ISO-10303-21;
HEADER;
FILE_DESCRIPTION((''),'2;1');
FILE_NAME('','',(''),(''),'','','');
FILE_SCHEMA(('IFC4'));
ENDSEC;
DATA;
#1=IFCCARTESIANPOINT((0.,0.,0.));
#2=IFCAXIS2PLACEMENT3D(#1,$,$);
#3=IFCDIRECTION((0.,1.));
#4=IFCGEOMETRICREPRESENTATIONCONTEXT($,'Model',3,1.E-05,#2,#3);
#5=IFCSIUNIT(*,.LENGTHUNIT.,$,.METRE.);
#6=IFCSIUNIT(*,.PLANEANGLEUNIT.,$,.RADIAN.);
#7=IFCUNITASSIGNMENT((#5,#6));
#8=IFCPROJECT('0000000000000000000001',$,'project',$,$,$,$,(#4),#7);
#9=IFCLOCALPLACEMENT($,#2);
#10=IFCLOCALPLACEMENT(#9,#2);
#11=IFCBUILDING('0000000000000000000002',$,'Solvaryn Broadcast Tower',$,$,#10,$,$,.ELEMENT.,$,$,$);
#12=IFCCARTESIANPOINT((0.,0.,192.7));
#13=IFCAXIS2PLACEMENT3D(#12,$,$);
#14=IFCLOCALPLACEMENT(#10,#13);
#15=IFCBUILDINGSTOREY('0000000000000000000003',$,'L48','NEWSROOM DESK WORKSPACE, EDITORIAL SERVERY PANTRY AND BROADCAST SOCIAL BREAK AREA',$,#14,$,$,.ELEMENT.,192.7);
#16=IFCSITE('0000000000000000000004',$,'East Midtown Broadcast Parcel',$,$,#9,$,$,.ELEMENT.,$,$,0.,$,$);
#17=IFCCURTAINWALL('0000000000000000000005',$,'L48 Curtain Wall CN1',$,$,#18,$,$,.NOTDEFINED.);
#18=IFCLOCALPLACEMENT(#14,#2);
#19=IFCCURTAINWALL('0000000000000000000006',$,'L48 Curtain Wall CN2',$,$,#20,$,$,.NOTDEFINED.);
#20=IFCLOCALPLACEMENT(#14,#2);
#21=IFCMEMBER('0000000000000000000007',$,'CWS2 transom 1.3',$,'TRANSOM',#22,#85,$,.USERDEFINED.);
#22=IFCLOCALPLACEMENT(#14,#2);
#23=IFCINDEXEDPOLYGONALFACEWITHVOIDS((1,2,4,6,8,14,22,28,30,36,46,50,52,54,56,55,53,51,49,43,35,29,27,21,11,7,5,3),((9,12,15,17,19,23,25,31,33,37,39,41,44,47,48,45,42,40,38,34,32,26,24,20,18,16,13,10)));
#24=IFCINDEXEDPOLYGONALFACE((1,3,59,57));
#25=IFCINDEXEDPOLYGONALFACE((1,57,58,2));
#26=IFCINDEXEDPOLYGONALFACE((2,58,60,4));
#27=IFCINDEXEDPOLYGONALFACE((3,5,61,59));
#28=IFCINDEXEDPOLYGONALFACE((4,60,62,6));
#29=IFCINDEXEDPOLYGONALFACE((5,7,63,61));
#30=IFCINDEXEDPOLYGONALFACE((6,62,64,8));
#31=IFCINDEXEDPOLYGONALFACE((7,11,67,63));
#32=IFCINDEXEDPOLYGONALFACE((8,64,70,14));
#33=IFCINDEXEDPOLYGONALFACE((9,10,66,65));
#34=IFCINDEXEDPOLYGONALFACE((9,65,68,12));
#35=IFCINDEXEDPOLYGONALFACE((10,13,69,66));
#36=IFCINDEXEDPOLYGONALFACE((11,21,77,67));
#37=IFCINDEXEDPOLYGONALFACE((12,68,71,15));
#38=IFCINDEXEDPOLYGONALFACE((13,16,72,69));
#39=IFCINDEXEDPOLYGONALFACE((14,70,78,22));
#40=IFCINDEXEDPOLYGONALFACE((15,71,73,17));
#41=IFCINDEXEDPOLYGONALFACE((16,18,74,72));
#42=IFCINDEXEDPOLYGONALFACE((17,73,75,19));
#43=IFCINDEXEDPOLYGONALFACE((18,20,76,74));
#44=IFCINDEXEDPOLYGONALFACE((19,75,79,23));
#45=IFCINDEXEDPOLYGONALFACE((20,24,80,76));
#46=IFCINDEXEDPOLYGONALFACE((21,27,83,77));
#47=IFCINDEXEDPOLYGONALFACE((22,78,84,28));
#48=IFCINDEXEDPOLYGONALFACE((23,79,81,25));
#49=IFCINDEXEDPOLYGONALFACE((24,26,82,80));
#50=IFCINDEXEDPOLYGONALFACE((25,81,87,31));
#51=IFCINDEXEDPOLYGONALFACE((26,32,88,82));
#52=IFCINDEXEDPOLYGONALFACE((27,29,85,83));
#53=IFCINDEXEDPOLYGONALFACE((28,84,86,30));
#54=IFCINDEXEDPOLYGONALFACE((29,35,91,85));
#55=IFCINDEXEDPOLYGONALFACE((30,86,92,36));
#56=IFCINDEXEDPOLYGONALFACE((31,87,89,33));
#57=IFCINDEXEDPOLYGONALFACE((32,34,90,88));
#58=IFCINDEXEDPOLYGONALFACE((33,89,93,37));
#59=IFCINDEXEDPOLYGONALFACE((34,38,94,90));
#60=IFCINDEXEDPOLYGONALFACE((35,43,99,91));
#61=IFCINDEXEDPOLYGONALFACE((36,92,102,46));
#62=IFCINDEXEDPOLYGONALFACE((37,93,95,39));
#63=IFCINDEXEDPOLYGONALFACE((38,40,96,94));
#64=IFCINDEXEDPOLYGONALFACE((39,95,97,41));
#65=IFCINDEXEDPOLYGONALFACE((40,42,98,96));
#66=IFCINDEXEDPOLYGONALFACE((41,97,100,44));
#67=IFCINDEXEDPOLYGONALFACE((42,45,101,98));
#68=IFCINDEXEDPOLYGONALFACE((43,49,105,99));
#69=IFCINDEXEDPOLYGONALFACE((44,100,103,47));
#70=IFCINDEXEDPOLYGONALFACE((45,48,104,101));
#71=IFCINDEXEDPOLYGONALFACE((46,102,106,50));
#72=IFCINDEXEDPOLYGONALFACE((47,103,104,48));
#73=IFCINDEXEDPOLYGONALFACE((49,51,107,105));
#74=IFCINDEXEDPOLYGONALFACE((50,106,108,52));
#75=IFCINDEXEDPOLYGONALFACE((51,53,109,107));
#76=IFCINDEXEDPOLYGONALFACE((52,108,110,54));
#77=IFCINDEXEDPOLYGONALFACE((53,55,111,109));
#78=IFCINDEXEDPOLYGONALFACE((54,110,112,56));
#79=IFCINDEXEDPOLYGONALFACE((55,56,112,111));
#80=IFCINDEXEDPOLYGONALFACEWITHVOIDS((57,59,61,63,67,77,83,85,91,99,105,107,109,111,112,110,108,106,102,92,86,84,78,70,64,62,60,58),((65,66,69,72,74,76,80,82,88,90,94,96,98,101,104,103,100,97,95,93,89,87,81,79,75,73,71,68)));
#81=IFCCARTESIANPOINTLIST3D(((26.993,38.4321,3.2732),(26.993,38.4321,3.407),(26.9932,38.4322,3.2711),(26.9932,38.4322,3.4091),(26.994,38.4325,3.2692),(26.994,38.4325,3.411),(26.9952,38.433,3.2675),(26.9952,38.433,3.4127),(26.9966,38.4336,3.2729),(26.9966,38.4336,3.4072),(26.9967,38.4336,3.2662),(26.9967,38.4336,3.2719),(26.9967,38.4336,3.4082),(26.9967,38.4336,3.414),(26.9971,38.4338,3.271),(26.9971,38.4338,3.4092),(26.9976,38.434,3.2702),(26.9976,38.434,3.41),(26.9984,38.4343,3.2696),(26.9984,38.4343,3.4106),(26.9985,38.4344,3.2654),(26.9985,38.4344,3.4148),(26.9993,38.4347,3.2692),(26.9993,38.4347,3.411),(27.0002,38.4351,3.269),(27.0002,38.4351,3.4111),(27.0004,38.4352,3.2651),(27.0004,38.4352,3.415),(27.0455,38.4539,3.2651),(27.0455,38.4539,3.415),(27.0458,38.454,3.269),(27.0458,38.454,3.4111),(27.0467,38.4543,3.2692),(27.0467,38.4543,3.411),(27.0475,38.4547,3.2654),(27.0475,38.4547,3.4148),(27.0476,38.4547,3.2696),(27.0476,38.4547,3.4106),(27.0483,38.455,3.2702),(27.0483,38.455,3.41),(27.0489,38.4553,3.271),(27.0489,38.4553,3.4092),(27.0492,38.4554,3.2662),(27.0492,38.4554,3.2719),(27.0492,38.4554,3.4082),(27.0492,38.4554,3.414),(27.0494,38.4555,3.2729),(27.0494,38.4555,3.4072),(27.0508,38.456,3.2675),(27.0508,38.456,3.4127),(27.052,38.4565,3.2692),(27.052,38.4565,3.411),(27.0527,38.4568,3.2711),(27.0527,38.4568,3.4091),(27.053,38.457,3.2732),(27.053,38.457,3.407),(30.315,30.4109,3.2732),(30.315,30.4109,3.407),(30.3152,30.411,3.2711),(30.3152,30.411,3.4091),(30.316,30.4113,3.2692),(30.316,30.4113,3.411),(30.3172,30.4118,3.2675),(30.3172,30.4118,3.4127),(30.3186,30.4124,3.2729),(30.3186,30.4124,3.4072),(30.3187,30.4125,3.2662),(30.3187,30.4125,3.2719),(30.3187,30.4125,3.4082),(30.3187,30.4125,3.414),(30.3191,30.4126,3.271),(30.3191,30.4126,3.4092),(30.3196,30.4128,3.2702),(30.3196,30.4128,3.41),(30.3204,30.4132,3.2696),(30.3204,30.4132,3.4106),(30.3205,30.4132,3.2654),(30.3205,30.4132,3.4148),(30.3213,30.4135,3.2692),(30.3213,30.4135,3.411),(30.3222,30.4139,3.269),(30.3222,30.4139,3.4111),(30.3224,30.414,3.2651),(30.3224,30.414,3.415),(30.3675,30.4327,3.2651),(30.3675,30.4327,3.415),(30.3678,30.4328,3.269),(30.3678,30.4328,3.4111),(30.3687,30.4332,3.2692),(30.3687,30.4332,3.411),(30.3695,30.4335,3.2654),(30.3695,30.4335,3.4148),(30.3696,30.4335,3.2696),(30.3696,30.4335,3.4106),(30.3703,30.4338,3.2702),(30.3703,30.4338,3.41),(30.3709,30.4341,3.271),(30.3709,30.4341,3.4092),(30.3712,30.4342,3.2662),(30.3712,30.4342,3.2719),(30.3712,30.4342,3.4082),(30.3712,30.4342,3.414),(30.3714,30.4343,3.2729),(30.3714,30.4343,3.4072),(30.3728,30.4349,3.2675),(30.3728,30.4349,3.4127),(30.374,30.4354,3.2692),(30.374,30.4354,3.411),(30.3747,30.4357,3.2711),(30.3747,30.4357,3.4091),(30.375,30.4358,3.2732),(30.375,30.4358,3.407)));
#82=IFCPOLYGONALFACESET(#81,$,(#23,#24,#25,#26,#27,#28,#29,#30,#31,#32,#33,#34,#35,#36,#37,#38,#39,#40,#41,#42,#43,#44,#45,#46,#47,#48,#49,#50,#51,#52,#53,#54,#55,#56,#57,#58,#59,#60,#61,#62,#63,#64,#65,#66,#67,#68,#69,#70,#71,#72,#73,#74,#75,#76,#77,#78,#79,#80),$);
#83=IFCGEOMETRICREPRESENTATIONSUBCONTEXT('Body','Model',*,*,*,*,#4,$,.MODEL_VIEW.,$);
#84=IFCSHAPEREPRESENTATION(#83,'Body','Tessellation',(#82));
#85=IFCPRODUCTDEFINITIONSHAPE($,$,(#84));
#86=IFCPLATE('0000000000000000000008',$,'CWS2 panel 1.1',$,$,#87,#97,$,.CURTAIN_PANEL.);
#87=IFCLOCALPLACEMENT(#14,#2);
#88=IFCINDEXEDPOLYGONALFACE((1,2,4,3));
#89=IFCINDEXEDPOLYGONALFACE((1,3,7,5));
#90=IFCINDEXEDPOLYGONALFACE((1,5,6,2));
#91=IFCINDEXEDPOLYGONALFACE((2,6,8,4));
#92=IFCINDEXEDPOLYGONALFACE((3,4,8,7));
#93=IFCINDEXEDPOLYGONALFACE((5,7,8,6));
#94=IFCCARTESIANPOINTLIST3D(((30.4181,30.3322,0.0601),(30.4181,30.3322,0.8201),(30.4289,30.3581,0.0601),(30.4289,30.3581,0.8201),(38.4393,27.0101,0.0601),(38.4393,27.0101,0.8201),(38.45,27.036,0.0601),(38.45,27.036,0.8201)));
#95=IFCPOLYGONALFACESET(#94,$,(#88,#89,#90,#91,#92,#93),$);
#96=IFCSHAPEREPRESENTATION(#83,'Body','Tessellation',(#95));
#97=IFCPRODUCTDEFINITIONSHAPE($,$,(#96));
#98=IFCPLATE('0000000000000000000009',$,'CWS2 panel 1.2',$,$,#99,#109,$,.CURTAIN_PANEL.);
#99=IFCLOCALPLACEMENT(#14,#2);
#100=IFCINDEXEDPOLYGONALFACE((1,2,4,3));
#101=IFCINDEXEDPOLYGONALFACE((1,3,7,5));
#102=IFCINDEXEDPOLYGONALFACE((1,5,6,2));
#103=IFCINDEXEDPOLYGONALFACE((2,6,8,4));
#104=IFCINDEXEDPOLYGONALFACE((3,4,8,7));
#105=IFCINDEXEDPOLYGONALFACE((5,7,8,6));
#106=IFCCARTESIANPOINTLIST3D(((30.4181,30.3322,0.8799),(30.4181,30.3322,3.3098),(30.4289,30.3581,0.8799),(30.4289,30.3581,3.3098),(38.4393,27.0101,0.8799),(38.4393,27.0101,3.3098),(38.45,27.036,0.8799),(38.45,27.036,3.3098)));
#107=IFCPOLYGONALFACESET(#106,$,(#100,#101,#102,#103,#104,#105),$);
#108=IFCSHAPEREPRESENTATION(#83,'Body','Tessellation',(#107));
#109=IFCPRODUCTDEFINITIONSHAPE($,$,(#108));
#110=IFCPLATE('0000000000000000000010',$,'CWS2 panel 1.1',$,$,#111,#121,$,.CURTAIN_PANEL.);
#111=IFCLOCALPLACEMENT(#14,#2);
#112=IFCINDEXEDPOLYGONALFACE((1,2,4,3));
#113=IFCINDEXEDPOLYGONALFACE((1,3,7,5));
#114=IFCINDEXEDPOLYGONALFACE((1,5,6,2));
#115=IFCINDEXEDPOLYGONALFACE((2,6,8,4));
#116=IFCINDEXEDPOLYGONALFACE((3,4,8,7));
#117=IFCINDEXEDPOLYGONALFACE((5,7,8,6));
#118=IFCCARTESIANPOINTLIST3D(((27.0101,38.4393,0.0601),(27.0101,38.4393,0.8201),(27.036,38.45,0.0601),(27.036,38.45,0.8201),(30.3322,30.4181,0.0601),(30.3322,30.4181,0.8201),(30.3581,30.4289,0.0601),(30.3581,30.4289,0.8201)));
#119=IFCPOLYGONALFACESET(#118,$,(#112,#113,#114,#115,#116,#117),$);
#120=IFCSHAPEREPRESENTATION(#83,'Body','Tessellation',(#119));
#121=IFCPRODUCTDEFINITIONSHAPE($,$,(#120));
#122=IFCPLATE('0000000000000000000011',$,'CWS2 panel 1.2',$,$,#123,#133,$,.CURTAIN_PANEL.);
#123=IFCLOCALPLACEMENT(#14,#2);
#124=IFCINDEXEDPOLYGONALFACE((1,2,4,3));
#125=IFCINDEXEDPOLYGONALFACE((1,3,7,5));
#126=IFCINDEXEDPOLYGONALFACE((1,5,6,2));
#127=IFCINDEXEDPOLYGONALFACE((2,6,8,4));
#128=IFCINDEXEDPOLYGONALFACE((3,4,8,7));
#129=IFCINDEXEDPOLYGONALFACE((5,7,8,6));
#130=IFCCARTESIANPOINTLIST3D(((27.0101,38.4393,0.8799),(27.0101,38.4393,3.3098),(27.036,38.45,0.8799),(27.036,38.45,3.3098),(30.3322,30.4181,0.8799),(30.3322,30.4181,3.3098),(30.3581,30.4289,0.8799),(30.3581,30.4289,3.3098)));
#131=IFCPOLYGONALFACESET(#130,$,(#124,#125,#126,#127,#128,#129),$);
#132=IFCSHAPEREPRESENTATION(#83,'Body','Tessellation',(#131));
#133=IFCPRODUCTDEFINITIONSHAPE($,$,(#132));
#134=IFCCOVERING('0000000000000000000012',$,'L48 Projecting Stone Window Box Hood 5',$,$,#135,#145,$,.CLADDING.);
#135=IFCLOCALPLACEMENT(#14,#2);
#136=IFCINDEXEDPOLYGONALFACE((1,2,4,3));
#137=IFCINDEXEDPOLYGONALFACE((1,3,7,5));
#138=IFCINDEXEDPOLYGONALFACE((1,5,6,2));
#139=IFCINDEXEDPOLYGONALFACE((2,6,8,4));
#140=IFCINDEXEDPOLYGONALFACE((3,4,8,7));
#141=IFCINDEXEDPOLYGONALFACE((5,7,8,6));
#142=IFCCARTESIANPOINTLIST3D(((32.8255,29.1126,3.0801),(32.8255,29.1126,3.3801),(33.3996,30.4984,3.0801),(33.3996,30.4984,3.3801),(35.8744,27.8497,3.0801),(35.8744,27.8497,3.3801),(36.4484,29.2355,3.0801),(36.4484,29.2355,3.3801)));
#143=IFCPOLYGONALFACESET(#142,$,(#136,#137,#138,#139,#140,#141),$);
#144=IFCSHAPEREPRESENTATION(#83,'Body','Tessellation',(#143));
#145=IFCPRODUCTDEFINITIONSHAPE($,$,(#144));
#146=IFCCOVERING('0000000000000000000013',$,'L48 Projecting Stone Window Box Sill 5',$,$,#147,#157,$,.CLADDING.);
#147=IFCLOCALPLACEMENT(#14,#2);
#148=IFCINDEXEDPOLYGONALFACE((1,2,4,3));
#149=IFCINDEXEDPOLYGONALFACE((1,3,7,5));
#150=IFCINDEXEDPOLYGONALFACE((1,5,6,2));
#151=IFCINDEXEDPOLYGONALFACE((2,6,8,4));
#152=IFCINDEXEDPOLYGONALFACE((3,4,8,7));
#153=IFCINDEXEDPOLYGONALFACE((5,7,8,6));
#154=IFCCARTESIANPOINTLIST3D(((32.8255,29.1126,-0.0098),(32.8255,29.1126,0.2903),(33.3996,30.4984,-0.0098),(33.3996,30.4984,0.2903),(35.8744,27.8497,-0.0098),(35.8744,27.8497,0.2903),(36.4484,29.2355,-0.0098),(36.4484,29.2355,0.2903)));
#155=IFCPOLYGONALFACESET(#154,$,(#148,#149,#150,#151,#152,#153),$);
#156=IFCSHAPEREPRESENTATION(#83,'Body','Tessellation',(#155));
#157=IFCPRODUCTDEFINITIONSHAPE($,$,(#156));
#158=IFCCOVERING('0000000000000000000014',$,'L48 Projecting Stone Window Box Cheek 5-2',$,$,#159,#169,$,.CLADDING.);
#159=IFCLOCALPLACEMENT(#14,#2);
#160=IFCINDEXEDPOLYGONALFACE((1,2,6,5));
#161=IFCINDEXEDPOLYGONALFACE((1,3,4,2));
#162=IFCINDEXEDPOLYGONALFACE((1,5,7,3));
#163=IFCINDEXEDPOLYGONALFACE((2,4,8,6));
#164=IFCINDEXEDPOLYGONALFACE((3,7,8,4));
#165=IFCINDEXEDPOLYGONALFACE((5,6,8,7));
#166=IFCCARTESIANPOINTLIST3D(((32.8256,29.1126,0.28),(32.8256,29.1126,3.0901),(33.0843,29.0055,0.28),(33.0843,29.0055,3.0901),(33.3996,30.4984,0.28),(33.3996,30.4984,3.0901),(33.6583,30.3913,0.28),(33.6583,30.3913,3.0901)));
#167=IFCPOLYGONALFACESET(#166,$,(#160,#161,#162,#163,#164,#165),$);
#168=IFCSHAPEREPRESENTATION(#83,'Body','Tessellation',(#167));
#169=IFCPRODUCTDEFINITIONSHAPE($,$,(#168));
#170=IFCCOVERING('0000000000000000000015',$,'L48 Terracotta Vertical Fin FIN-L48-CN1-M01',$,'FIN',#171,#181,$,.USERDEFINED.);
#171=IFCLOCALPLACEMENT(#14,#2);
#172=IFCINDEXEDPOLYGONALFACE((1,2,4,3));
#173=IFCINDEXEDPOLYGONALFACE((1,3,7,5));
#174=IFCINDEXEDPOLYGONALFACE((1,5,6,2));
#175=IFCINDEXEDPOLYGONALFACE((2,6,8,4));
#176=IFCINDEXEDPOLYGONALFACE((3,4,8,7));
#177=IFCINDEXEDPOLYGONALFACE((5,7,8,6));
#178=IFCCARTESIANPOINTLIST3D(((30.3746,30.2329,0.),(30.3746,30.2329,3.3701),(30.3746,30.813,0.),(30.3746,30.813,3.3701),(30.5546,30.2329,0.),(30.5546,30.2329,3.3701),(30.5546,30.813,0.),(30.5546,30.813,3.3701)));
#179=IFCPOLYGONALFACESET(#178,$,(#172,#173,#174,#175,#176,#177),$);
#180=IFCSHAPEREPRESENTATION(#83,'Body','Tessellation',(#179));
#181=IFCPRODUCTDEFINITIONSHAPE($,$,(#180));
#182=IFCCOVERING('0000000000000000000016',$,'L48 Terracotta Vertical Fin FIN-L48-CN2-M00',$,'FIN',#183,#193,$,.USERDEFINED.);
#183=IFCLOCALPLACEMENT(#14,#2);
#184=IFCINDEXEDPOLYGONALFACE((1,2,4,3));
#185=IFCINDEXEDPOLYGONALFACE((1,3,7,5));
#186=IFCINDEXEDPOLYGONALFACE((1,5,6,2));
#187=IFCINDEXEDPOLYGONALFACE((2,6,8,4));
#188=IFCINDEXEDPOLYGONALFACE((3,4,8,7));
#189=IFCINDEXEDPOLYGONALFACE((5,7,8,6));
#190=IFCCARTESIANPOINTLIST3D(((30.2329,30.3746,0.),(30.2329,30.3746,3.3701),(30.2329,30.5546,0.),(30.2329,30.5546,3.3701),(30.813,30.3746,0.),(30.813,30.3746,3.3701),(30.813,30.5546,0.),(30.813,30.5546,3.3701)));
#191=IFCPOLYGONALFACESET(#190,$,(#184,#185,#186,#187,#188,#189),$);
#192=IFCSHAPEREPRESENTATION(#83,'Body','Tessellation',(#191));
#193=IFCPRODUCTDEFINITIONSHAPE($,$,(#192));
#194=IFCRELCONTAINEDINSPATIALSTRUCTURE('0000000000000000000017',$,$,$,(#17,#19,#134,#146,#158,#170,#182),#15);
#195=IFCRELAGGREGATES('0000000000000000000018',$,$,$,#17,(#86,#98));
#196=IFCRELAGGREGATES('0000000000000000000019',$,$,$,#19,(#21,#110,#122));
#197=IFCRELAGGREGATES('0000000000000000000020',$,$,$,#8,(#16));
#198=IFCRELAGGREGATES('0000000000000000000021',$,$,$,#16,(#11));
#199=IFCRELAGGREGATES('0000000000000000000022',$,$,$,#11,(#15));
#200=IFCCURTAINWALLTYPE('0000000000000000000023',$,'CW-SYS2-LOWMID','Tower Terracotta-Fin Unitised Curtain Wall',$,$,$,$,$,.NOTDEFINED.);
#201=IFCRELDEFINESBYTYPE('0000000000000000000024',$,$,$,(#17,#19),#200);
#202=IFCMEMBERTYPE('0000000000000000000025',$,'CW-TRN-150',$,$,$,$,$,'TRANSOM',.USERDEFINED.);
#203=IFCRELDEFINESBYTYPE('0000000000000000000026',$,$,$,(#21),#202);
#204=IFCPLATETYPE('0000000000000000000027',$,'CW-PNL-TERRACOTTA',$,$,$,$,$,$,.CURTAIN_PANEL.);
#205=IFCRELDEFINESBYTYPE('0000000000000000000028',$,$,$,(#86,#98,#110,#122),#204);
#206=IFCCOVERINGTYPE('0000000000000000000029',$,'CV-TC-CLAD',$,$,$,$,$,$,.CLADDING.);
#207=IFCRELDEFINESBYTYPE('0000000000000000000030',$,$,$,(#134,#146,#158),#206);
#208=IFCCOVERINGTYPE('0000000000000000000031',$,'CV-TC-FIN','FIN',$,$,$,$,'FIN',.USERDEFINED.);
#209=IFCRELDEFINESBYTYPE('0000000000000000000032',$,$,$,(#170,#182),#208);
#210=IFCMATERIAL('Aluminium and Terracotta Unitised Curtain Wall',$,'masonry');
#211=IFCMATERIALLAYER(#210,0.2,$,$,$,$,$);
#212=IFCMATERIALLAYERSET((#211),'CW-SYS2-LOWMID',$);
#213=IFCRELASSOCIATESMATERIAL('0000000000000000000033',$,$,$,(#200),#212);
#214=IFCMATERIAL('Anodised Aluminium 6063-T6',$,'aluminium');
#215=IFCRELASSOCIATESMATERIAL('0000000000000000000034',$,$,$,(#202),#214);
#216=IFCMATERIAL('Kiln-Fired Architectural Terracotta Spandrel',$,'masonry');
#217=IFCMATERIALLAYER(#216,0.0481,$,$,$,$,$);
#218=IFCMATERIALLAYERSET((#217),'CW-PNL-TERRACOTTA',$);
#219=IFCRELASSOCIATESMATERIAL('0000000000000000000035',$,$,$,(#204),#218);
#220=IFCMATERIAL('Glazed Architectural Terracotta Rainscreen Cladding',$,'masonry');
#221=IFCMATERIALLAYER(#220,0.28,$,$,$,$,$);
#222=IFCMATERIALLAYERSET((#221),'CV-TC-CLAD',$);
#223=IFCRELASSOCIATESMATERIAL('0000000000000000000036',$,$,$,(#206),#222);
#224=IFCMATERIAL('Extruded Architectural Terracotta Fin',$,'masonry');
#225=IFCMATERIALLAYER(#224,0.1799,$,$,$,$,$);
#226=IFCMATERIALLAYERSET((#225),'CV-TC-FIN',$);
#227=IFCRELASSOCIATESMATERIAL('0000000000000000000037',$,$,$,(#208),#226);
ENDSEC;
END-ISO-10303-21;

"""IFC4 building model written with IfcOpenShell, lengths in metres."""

from ifc_helpers import new_model, si_unit, direction, frame, origin, origin_2d, place, context, subcontext, project, spatial, rectangle, hollow_rectangle, extrude, material, layer, layer_set, material_profile, profile_set, type_object, element, aggregate, save


model = new_model("IFC4")

# Units and contexts
model_context = context("Model", 3, precision=1e-05, world=origin(), true_north=direction((0.0, 1.0)))
body_context = subcontext(model_context, "Body", "Model", "MODEL_VIEW")
ifc_project = project(units=[si_unit("LENGTHUNIT", "METRE"), si_unit("PLANEANGLEUNIT", "RADIAN")], contexts=[model_context])

# Site, building, storey
site_placement = place(None, origin())
site = spatial("IfcSite", under=ifc_project, at=site_placement, Name="East Midtown Broadcast Parcel", CompositionType="ELEMENT", RefElevation=0.0)
building_placement = place(site_placement, origin())
building = spatial("IfcBuilding", under=site, at=building_placement, Name="Solvaryn Broadcast Tower", CompositionType="ELEMENT")
storey_placement = place(building_placement, frame((0.0, 0.0, 192.7)))
storey = spatial("IfcBuildingStorey", under=building, at=storey_placement, Name="L48", Description="NEWSROOM DESK WORKSPACE, EDITORIAL SERVERY PANTRY AND BROADCAST SOCIAL BREAK AREA", CompositionType="ELEMENT", Elevation=192.7)

# Curtain wall
ifc_material_1 = material(Name="Aluminium and Terracotta Unitised Curtain Wall", Category="masonry")
ifc_layer_1 = layer(ifc_material_1, 0.2)
ifc_layer_set_1 = layer_set([ifc_layer_1], Name="CW-SYS2-LOWMID")
curtain_wall_type = type_object("IfcCurtainWallType", Name="CW-SYS2-LOWMID", Description="Tower Terracotta-Fin Unitised Curtain Wall", PredefinedType="NOTDEFINED", material=ifc_layer_set_1)
curtain_wall_1_placement = place(storey_placement, origin())
curtain_wall_1 = element("IfcCurtainWall", 1, at=curtain_wall_1_placement, inside=storey, type_object=curtain_wall_type, Name="L48 Curtain Wall CN1", PredefinedType="NOTDEFINED")

# Curtain wall, member
curtain_wall_2_placement = place(storey_placement, origin())
curtain_wall_2 = element("IfcCurtainWall", 2, at=curtain_wall_2_placement, inside=storey, type_object=curtain_wall_type, Name="L48 Curtain Wall CN2", PredefinedType="NOTDEFINED")
ifc_material_2 = material(Name="Anodised Aluminium 6063-T6", Category="aluminium")
ifc_material_profile_1 = material_profile(ifc_material_2, hollow_rectangle(XDim=0.0649, YDim=0.1499, WallThickness=0.0039, InnerFilletRadius=0.0039, OuterFilletRadius=0.0081, at=origin_2d()))
ifc_profile_set_1 = profile_set([ifc_material_profile_1], Name="Anodised Aluminium 6063-T6")
member_type_1 = type_object("IfcMemberType", Name="CW-TRN-150", ElementType="TRANSOM", PredefinedType="USERDEFINED", material=ifc_profile_set_1)
member_1_placement = place(storey_placement, frame((30.345, 30.4233, 3.3401), z_axis=(-0.382636, 0.923899, 0.0), x_axis=(-0.923899, -0.382636, 0.0)))
member_1 = element("IfcMember", 3, at=member_1_placement, type_object=member_type_1, Name="CWS2 transom 1.3", ObjectType="TRANSOM", PredefinedType="USERDEFINED", context=body_context, shape_type="SweptSolid", body=[
    extrude(hollow_rectangle(XDim=0.0649, YDim=0.1499, WallThickness=0.0039, InnerFilletRadius=0.0039, OuterFilletRadius=0.0081, at=origin_2d()), origin(), (0.0, 0.0, 1.0), 8.6819),
])

# Plates
ifc_material_3 = material(Name="Kiln-Fired Architectural Terracotta Spandrel", Category="masonry")
ifc_layer_2 = layer(ifc_material_3, 0.0481)
ifc_layer_set_2 = layer_set([ifc_layer_2], Name="CW-PNL-TERRACOTTA")
plate_type = type_object("IfcPlateType", Name="CW-PNL-TERRACOTTA", PredefinedType="CURTAIN_PANEL", material=ifc_layer_set_2)
plate_1_placement = place(storey_placement, frame((34.4341, 28.6841, 0.0601), z_axis=(0.0, 0.0, 1.0), x_axis=(-0.923895, 0.382646, 0.0)))
plate_1 = element("IfcPlate", 4, at=plate_1_placement, type_object=plate_type, Name="CWS2 panel 1.1", PredefinedType="CURTAIN_PANEL", context=body_context, shape_type="SweptSolid", body=[
    extrude(rectangle(XDim=8.6819, YDim=0.0281, at=origin_2d()), origin(), (0.0, 0.0, 1.0), 0.76),
])
plate_2_placement = place(storey_placement, frame((34.4341, 28.6841, 0.8799), z_axis=(0.0, 0.0, 1.0), x_axis=(-0.923895, 0.382646, 0.0)))
plate_2 = element("IfcPlate", 5, at=plate_2_placement, type_object=plate_type, Name="CWS2 panel 1.2", PredefinedType="CURTAIN_PANEL", context=body_context, shape_type="SweptSolid", body=[
    extrude(rectangle(XDim=8.6819, YDim=0.0281, at=origin_2d()), origin(), (0.0, 0.0, 1.0), 2.4299),
])
aggregate(curtain_wall_1, [plate_1, plate_2])
plate_3_placement = place(storey_placement, frame((28.6841, 34.4341, 0.0601), z_axis=(0.0, 0.0, 1.0), x_axis=(-0.382646, 0.923895, 0.0)))
plate_3 = element("IfcPlate", 6, at=plate_3_placement, type_object=plate_type, Name="CWS2 panel 1.1", PredefinedType="CURTAIN_PANEL", context=body_context, shape_type="SweptSolid", body=[
    extrude(rectangle(XDim=8.6819, YDim=0.0281, at=origin_2d()), origin(), (0.0, 0.0, 1.0), 0.76),
])
plate_4_placement = place(storey_placement, frame((28.6841, 34.4341, 0.8799), z_axis=(0.0, 0.0, 1.0), x_axis=(-0.382646, 0.923895, 0.0)))
plate_4 = element("IfcPlate", 7, at=plate_4_placement, type_object=plate_type, Name="CWS2 panel 1.2", PredefinedType="CURTAIN_PANEL", context=body_context, shape_type="SweptSolid", body=[
    extrude(rectangle(XDim=8.6819, YDim=0.0281, at=origin_2d()), origin(), (0.0, 0.0, 1.0), 2.4299),
])
aggregate(curtain_wall_2, [member_1, plate_3, plate_4])

# Coverings
ifc_material_4 = material(Name="Glazed Architectural Terracotta Rainscreen Cladding", Category="masonry")
ifc_layer_3 = layer(ifc_material_4, 0.28)
ifc_layer_set_3 = layer_set([ifc_layer_3], Name="CV-TC-CLAD")
covering_type_1 = type_object("IfcCoveringType", Name="CV-TC-CLAD", PredefinedType="CLADDING", material=ifc_layer_set_3)
for number, where, z_axis, x_axis, name in (
    (8, (34.637, 29.1741, 3.0801), (0.0, 0.0, 1.0), (-0.92388, 0.382683, 0.0), "L48 Projecting Stone Window Box Hood 5"),
    (9, (34.637, 29.1741, -0.0098), (0.0, 0.0, 1.0), (-0.92388, 0.382683, 0.0), "L48 Projecting Stone Window Box Sill 5"),
):
    element("IfcCovering", number, at=place(storey_placement, frame(where, z_axis=z_axis, x_axis=x_axis)), inside=storey, type_object=covering_type_1, Name=name, PredefinedType="CLADDING", context=body_context, shape_type="SweptSolid", body=[
        extrude(rectangle(XDim=3.3, YDim=1.5, at=origin_2d()), origin(), (0.0, 0.0, 1.0), 0.3),
    ])
covering_1_placement = place(storey_placement, frame((33.2419, 29.752, 0.28), z_axis=(0.0, 0.0, 1.0), x_axis=(-0.92388, 0.382683, 0.0)))
element("IfcCovering", 10, at=covering_1_placement, inside=storey, type_object=covering_type_1, Name="L48 Projecting Stone Window Box Cheek 5-2", PredefinedType="CLADDING", context=body_context, shape_type="SweptSolid", body=[
    extrude(rectangle(XDim=0.28, YDim=1.5, at=origin_2d()), origin(), (0.0, 0.0, 1.0), 2.8101),
])
ifc_material_5 = material(Name="Extruded Architectural Terracotta Fin", Category="masonry")
ifc_layer_4 = layer(ifc_material_5, 0.1799)
ifc_layer_set_4 = layer_set([ifc_layer_4], Name="CV-TC-FIN")
covering_type_2 = type_object("IfcCoveringType", Name="CV-TC-FIN", Description="FIN", ElementType="FIN", PredefinedType="USERDEFINED", material=ifc_layer_set_4)
covering_2_placement = place(storey_placement, frame((30.4646, 30.5229, 0.0), z_axis=(0.0, 0.0, 1.0), x_axis=(1.0, 0.0, 0.0)))
element("IfcCovering", 11, at=covering_2_placement, inside=storey, type_object=covering_type_2, Name="L48 Terracotta Vertical Fin FIN-L48-CN1-M01", ObjectType="FIN", PredefinedType="USERDEFINED", context=body_context, shape_type="SweptSolid", body=[
    extrude(rectangle(XDim=0.1799, YDim=0.5801, at=origin_2d()), origin(), (0.0, 0.0, 1.0), 3.3701),
])
covering_3_placement = place(storey_placement, frame((30.5229, 30.4646, 0.0), z_axis=(0.0, 0.0, 1.0), x_axis=(1.0, 0.0, 0.0)))
element("IfcCovering", 12, at=covering_3_placement, inside=storey, type_object=covering_type_2, Name="L48 Terracotta Vertical Fin FIN-L48-CN2-M00", ObjectType="FIN", PredefinedType="USERDEFINED", context=body_context, shape_type="SweptSolid", body=[
    extrude(rectangle(XDim=0.5801, YDim=0.1799, at=origin_2d()), origin(), (0.0, 0.0, 1.0), 3.3701),
])

save(model, "model.ifc")
